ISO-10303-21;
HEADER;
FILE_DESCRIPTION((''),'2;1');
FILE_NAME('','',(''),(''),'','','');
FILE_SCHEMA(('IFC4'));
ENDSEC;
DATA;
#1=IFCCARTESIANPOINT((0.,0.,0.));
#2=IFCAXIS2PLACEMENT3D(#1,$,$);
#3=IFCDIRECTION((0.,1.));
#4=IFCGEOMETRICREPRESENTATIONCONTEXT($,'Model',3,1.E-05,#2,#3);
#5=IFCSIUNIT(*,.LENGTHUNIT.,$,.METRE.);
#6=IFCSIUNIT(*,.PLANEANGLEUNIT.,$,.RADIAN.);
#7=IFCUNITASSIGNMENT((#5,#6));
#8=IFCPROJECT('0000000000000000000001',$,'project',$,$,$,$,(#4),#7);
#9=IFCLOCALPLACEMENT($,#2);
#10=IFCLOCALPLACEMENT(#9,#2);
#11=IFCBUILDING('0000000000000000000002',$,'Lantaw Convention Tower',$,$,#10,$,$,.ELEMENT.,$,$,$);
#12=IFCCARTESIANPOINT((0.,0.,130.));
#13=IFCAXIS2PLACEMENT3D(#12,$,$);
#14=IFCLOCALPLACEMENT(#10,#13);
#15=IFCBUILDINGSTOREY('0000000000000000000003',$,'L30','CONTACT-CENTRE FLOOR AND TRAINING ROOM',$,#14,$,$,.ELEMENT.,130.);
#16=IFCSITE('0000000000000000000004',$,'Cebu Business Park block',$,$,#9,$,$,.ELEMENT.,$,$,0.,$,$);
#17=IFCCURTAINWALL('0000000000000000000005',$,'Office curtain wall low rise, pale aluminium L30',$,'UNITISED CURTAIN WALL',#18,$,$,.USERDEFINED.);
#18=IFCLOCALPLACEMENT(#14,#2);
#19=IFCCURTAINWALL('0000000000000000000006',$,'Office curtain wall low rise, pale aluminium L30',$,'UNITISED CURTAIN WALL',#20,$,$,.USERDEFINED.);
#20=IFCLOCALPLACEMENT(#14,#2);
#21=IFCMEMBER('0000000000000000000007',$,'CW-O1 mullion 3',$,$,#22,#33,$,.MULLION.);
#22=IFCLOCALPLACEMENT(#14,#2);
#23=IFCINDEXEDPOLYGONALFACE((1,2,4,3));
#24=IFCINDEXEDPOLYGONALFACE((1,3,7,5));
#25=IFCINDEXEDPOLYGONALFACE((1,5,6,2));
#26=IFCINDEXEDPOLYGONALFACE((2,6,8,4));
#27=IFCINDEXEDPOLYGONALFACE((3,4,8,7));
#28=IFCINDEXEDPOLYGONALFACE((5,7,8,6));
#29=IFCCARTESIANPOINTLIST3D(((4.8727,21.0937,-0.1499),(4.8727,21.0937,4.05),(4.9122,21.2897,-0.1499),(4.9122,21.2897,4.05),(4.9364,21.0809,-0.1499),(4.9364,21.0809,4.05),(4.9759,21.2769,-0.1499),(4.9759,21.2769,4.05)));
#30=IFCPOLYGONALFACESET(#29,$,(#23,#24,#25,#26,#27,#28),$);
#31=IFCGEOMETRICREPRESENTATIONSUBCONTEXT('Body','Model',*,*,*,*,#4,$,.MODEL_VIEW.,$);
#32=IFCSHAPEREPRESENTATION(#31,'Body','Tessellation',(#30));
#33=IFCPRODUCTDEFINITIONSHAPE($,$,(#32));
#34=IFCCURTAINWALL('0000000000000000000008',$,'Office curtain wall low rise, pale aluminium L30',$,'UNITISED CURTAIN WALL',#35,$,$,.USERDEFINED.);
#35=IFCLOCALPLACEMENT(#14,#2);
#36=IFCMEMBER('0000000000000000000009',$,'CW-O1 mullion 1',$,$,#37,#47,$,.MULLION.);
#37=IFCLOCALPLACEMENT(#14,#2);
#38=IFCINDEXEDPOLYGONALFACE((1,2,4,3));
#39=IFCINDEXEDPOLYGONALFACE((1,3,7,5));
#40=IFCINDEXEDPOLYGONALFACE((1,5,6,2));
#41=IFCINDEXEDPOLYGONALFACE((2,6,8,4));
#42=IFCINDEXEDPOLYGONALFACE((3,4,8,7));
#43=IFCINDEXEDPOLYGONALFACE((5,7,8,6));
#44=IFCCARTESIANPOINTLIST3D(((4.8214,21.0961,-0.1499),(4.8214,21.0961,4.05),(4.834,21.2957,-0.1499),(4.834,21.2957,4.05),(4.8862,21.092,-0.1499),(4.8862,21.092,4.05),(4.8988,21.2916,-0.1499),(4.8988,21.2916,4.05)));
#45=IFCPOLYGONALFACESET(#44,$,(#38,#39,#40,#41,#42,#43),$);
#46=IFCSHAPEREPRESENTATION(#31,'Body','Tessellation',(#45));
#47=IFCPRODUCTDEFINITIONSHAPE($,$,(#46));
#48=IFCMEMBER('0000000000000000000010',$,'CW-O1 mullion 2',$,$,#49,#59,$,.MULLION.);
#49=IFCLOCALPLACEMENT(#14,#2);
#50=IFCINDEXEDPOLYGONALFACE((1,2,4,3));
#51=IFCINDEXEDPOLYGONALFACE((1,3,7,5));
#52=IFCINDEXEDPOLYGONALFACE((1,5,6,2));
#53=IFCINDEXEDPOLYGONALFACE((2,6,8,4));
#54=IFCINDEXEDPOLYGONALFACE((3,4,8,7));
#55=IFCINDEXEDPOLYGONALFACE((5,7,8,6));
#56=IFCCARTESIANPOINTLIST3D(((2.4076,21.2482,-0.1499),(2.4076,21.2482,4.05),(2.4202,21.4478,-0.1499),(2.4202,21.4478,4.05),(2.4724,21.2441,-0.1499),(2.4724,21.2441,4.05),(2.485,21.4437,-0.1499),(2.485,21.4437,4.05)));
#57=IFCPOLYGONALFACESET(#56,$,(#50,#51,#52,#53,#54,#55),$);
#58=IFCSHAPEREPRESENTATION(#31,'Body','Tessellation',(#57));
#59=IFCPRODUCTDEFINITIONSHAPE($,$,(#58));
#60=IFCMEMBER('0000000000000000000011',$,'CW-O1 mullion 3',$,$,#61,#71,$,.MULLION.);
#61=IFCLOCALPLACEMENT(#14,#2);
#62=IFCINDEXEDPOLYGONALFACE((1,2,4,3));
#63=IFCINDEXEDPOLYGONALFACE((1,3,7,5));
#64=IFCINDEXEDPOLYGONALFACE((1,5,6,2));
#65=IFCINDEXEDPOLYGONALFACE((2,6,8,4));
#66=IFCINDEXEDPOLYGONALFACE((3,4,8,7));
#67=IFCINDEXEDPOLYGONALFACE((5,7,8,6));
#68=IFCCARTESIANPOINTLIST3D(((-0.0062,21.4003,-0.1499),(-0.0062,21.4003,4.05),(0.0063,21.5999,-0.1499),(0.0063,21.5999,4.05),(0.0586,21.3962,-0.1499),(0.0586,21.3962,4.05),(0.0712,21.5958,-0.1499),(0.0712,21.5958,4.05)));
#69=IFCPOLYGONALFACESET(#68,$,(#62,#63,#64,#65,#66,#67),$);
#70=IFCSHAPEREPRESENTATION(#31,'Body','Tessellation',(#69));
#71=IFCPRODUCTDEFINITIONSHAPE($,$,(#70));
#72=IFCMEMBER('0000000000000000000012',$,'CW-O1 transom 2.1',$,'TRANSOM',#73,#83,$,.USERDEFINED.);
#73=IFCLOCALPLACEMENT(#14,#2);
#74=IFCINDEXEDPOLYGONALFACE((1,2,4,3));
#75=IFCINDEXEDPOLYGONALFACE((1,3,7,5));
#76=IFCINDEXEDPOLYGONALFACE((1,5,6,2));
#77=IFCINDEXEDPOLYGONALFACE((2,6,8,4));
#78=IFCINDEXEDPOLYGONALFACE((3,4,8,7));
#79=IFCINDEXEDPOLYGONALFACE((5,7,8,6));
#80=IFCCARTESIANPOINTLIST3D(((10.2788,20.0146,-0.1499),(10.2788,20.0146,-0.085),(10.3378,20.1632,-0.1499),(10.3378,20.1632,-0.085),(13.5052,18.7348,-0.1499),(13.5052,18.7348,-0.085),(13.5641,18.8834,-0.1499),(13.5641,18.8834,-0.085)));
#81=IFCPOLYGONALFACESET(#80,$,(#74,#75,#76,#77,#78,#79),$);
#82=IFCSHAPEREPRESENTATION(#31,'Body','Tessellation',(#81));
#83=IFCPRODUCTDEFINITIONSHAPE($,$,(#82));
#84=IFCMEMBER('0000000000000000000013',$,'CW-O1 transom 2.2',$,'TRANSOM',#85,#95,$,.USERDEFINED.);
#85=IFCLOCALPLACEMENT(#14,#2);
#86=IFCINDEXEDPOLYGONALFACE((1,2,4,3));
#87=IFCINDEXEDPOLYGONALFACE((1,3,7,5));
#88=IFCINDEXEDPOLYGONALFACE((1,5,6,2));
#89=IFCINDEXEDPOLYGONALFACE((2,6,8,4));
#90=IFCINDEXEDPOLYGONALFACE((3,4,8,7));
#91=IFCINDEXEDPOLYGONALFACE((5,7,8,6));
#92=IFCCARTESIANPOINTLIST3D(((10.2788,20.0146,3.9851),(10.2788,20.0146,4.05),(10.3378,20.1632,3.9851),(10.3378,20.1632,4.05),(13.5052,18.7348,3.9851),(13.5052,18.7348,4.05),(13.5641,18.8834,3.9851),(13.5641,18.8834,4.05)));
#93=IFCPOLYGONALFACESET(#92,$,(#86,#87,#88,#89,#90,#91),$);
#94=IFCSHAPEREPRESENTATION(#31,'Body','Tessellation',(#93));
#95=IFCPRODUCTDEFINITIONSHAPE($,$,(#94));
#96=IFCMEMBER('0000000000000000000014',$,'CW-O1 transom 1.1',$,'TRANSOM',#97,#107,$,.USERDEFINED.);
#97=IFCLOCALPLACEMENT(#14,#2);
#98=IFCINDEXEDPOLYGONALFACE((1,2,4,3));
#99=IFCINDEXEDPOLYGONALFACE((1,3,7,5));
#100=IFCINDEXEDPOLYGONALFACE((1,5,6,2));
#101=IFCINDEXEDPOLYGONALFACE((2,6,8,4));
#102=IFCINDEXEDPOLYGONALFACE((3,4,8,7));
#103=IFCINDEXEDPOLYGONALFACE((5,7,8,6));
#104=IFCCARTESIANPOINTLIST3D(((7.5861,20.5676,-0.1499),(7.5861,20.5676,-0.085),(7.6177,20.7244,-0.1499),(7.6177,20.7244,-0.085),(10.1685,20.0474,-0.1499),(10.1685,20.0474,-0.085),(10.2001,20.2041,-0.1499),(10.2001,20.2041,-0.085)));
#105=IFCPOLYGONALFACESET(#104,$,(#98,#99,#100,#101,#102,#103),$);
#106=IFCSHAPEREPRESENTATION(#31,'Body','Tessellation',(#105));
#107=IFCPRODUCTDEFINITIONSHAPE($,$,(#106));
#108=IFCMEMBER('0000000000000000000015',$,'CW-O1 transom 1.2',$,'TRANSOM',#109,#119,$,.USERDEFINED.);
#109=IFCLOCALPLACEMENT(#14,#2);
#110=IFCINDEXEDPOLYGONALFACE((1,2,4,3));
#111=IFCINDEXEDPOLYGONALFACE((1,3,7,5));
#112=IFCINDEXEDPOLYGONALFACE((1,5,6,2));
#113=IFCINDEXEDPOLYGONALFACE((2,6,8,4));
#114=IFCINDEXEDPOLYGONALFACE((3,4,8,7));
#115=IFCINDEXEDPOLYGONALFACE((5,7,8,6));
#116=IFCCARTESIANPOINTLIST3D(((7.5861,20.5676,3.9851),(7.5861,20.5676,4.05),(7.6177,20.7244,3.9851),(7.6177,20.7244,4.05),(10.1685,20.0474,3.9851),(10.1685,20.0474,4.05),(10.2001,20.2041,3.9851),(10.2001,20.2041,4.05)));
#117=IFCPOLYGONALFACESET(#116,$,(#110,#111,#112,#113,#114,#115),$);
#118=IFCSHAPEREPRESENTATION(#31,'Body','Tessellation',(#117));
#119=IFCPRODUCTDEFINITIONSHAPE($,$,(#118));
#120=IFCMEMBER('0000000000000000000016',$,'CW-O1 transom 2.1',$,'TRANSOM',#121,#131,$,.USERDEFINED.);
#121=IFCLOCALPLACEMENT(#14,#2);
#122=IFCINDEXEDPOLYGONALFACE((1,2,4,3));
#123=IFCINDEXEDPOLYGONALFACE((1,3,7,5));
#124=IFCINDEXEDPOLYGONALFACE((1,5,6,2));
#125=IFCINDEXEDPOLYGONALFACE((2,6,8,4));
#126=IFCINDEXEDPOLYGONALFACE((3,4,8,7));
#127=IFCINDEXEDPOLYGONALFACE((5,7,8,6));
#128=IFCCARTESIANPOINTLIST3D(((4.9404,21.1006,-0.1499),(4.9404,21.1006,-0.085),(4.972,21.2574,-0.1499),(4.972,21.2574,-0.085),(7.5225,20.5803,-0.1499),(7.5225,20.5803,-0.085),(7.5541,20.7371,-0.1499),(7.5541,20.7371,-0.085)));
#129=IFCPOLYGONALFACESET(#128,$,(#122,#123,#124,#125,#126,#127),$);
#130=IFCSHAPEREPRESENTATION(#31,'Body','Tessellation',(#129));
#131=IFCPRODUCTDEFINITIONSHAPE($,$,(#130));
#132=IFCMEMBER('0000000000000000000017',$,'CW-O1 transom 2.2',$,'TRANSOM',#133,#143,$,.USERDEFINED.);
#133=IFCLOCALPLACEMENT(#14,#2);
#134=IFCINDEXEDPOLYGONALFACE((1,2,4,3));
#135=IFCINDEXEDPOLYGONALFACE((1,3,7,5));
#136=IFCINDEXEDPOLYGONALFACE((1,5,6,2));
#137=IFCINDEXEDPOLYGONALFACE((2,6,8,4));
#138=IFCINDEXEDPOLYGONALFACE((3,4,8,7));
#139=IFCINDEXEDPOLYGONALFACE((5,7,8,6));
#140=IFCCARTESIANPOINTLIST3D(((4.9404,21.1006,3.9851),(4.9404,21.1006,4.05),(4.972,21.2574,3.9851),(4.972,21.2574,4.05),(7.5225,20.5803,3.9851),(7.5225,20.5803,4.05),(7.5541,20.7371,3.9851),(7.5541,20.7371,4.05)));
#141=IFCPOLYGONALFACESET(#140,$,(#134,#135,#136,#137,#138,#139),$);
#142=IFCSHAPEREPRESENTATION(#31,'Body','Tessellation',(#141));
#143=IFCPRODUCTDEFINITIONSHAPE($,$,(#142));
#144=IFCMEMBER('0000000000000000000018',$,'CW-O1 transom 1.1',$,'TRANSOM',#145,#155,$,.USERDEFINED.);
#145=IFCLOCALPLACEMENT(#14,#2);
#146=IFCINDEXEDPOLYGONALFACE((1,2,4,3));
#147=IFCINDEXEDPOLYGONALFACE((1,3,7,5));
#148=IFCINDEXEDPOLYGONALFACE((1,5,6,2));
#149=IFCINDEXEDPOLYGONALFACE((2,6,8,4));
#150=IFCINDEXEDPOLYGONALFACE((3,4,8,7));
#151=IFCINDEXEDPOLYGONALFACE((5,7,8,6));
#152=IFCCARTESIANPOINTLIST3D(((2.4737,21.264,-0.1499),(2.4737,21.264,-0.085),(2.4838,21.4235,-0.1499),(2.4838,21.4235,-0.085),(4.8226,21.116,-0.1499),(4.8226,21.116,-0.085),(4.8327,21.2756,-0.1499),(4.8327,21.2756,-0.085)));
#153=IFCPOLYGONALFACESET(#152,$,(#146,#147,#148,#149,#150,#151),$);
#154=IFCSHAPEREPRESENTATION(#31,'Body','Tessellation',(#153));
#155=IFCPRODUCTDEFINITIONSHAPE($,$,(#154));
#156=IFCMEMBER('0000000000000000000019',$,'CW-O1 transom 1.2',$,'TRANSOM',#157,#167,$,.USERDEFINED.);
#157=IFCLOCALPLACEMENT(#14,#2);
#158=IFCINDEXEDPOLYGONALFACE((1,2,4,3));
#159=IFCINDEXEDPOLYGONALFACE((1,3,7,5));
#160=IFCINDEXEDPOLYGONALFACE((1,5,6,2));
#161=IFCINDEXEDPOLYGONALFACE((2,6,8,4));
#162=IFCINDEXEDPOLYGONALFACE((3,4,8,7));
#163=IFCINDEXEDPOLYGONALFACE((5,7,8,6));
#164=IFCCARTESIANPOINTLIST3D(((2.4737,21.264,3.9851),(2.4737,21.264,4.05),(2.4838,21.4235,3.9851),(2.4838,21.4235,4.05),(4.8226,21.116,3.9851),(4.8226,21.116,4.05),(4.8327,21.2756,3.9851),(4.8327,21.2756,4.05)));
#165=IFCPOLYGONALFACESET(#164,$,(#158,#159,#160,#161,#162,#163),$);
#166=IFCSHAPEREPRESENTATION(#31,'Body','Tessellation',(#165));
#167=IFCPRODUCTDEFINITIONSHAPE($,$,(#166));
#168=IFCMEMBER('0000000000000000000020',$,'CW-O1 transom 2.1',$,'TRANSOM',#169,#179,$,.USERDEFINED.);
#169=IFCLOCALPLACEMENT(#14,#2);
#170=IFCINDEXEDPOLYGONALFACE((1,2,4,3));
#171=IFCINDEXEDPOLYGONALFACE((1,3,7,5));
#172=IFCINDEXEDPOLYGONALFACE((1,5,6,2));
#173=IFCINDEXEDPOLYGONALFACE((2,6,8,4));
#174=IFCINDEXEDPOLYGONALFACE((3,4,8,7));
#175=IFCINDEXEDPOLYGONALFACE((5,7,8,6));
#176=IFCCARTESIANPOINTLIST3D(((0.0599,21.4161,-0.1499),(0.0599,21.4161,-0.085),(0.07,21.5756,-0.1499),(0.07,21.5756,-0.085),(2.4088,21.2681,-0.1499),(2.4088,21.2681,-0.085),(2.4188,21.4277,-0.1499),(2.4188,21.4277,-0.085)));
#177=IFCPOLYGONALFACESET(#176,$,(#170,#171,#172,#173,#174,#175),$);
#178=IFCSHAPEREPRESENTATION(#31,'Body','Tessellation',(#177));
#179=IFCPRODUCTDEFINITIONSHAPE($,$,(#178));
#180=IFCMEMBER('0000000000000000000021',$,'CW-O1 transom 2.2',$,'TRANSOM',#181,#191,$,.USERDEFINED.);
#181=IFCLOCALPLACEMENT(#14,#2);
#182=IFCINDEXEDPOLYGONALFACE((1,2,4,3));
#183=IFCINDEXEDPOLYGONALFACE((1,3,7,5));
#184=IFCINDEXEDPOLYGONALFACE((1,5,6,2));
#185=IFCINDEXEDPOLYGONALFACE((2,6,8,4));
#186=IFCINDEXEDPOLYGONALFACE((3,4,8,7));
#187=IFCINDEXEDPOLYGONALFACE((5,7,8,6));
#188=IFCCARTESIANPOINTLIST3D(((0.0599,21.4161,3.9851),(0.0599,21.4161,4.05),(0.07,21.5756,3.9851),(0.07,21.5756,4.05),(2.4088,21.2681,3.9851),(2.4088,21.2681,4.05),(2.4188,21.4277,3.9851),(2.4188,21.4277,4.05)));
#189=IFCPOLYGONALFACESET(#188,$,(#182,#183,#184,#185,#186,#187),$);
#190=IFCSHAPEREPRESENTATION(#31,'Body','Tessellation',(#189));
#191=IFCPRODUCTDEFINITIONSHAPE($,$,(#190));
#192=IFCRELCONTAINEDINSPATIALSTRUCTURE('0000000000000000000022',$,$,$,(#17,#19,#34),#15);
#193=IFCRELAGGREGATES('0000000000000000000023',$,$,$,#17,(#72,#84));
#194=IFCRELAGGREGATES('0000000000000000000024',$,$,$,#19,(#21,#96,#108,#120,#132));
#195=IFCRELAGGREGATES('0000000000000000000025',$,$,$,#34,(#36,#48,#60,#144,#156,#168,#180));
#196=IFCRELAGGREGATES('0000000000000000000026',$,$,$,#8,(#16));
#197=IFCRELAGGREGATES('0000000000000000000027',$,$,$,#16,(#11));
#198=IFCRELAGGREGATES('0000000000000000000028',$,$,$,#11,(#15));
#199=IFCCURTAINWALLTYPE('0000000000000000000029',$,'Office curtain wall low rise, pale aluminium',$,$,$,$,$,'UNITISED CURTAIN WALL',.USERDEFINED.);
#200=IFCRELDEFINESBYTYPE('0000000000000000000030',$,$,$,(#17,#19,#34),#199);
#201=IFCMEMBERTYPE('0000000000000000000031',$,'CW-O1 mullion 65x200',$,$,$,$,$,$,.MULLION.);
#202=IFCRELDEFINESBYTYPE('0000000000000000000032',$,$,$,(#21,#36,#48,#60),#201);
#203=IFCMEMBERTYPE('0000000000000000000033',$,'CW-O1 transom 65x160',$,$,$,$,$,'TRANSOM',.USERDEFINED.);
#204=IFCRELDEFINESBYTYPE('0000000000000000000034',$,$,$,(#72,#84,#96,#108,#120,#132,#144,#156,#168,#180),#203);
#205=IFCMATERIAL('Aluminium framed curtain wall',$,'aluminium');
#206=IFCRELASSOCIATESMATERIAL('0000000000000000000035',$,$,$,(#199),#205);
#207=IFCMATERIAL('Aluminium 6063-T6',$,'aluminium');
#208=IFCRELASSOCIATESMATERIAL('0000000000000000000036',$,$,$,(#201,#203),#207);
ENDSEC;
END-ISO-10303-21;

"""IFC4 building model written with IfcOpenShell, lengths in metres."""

from ifc_helpers import new_model, si_unit, direction, frame, origin, origin_2d, place, context, subcontext, project, spatial, rectangle, extrude, material, material_profile, profile_set, type_object, element, aggregate, save


model = new_model("IFC4")

# Units and contexts
model_context = context("Model", 3, precision=1e-05, world=origin(), true_north=direction((0.0, 1.0)))
body_context = subcontext(model_context, "Body", "Model", "MODEL_VIEW")
ifc_project = project(units=[si_unit("LENGTHUNIT", "METRE"), si_unit("PLANEANGLEUNIT", "RADIAN")], contexts=[model_context])

# Site, building, storey
site_placement = place(None, origin())
site = spatial("IfcSite", under=ifc_project, at=site_placement, Name="Cebu Business Park block", CompositionType="ELEMENT", RefElevation=0.0)
building_placement = place(site_placement, origin())
building = spatial("IfcBuilding", under=site, at=building_placement, Name="Lantaw Convention Tower", CompositionType="ELEMENT")
storey_placement = place(building_placement, frame((0.0, 0.0, 130.0)))
storey = spatial("IfcBuildingStorey", under=building, at=storey_placement, Name="L30", Description="CONTACT-CENTRE FLOOR AND TRAINING ROOM", CompositionType="ELEMENT", Elevation=130.0)

# Curtain walls, members
ifc_material_1 = material(Name="Aluminium framed curtain wall", Category="aluminium")
curtain_wall_type = type_object("IfcCurtainWallType", Name="Office curtain wall low rise, pale aluminium", ElementType="UNITISED CURTAIN WALL", PredefinedType="USERDEFINED", material=ifc_material_1)
curtain_wall_1_placement = place(storey_placement, origin())
curtain_wall_1 = element("IfcCurtainWall", 1, at=curtain_wall_1_placement, inside=storey, type_object=curtain_wall_type, Name="Office curtain wall low rise, pale aluminium L30", ObjectType="UNITISED CURTAIN WALL", PredefinedType="USERDEFINED")
ifc_material_2 = material(Name="Aluminium 6063-T6", Category="aluminium")
ifc_material_profile_1 = material_profile(ifc_material_2, rectangle(XDim=0.2, YDim=0.0649, at=origin_2d()), Name="CW-O1 mullion 65x200")
ifc_profile_set_1 = profile_set([ifc_material_profile_1], Name="Aluminium 6063-T6")
member_type_1 = type_object("IfcMemberType", Name="CW-O1 mullion 65x200", PredefinedType="MULLION", material=ifc_profile_set_1)
curtain_wall_2_placement = place(storey_placement, origin())
curtain_wall_2 = element("IfcCurtainWall", 2, at=curtain_wall_2_placement, inside=storey, type_object=curtain_wall_type, Name="Office curtain wall low rise, pale aluminium L30", ObjectType="UNITISED CURTAIN WALL", PredefinedType="USERDEFINED")
member_1_placement = place(storey_placement, frame((4.9243, 21.1853, -0.1499), z_axis=(0.0, 0.0, 1.0), x_axis=(-0.197507, -0.980302, 0.0)))
member_1 = element("IfcMember", 3, at=member_1_placement, type_object=member_type_1, Name="CW-O1 mullion 3", PredefinedType="MULLION", context=body_context, shape_type="SweptSolid", body=[
    extrude(rectangle(XDim=0.2, YDim=0.0649, at=origin_2d()), origin(), (0.0, 0.0, 1.0), 4.2),
])
curtain_wall_3_placement = place(storey_placement, origin())
curtain_wall_3 = element("IfcCurtainWall", 4, at=curtain_wall_3_placement, inside=storey, type_object=curtain_wall_type, Name="Office curtain wall low rise, pale aluminium L30", ObjectType="UNITISED CURTAIN WALL", PredefinedType="USERDEFINED")
member_2_placement = place(storey_placement, frame((4.8601, 21.1938, -0.1499), z_axis=(0.0, 0.0, 1.0), x_axis=(-0.062865, -0.998022, 0.0)))
member_2 = element("IfcMember", 5, at=member_2_placement, type_object=member_type_1, Name="CW-O1 mullion 1", PredefinedType="MULLION", context=body_context, shape_type="SweptSolid", body=[
    extrude(rectangle(XDim=0.2, YDim=0.0649, at=origin_2d()), origin(), (0.0, 0.0, 1.0), 4.2),
])
member_3_placement = place(storey_placement, frame((2.4463, 21.3459, -0.1499), z_axis=(0.0, 0.0, 1.0), x_axis=(-0.062865, -0.998022, 0.0)))
member_3 = element("IfcMember", 6, at=member_3_placement, type_object=member_type_1, Name="CW-O1 mullion 2", PredefinedType="MULLION", context=body_context, shape_type="SweptSolid", body=[
    extrude(rectangle(XDim=0.2, YDim=0.0649, at=origin_2d()), origin(), (0.0, 0.0, 1.0), 4.2),
])
member_4_placement = place(storey_placement, frame((0.0325, 21.498, -0.1499), z_axis=(0.0, 0.0, 1.0), x_axis=(-0.062865, -0.998022, 0.0)))
member_4 = element("IfcMember", 7, at=member_4_placement, type_object=member_type_1, Name="CW-O1 mullion 3", PredefinedType="MULLION", context=body_context, shape_type="SweptSolid", body=[
    extrude(rectangle(XDim=0.2, YDim=0.0649, at=origin_2d()), origin(), (0.0, 0.0, 1.0), 4.2),
])

# Members
ifc_material_profile_2 = material_profile(ifc_material_2, rectangle(XDim=0.1599, YDim=0.0649, at=origin_2d()), Name="CW-O1 transom 65x160")
ifc_profile_set_2 = profile_set([ifc_material_profile_2], Name="Aluminium 6063-T6")
member_type_2 = type_object("IfcMemberType", Name="CW-O1 transom 65x160", ElementType="TRANSOM", PredefinedType="USERDEFINED", material=ifc_profile_set_2)
member_5_placement = place(storey_placement, frame((13.5347, 18.8091, -0.1174), z_axis=(-0.92954, 0.368721, 0.0), x_axis=(-0.368721, -0.92954, 0.0)))
member_5 = element("IfcMember", 8, at=member_5_placement, type_object=member_type_2, Name="CW-O1 transom 2.1", ObjectType="TRANSOM", PredefinedType="USERDEFINED", context=body_context, shape_type="SweptSolid", body=[
    extrude(rectangle(XDim=0.1599, YDim=0.0649, at=origin_2d()), origin(), (0.0, 0.0, 1.0), 3.4709),
])
member_6_placement = place(storey_placement, frame((13.5347, 18.8091, 4.0176), z_axis=(-0.92954, 0.368721, 0.0), x_axis=(-0.368721, -0.92954, 0.0)))
member_6 = element("IfcMember", 9, at=member_6_placement, type_object=member_type_2, Name="CW-O1 transom 2.2", ObjectType="TRANSOM", PredefinedType="USERDEFINED", context=body_context, shape_type="SweptSolid", body=[
    extrude(rectangle(XDim=0.1599, YDim=0.0649, at=origin_2d()), origin(), (0.0, 0.0, 1.0), 3.4709),
])
member_7_placement = place(storey_placement, frame((10.1843, 20.1257, -0.1174), z_axis=(-0.980302, 0.197506, 0.0), x_axis=(-0.197506, -0.980302, 0.0)))
member_7 = element("IfcMember", 10, at=member_7_placement, type_object=member_type_2, Name="CW-O1 transom 1.1", ObjectType="TRANSOM", PredefinedType="USERDEFINED", context=body_context, shape_type="SweptSolid", body=[
    extrude(rectangle(XDim=0.1599, YDim=0.0649, at=origin_2d()), origin(), (0.0, 0.0, 1.0), 2.6343),
])
member_8_placement = place(storey_placement, frame((10.1843, 20.1257, 4.0176), z_axis=(-0.980302, 0.197506, 0.0), x_axis=(-0.197506, -0.980302, 0.0)))
member_8 = element("IfcMember", 11, at=member_8_placement, type_object=member_type_2, Name="CW-O1 transom 1.2", ObjectType="TRANSOM", PredefinedType="USERDEFINED", context=body_context, shape_type="SweptSolid", body=[
    extrude(rectangle(XDim=0.1599, YDim=0.0649, at=origin_2d()), origin(), (0.0, 0.0, 1.0), 2.6343),
])
member_9_placement = place(storey_placement, frame((7.5383, 20.6587, -0.1174), z_axis=(-0.980298, 0.197524, 0.0), x_axis=(-0.197524, -0.980298, 0.0)))
member_9 = element("IfcMember", 12, at=member_9_placement, type_object=member_type_2, Name="CW-O1 transom 2.1", ObjectType="TRANSOM", PredefinedType="USERDEFINED", context=body_context, shape_type="SweptSolid", body=[
    extrude(rectangle(XDim=0.1599, YDim=0.0649, at=origin_2d()), origin(), (0.0, 0.0, 1.0), 2.634),
])
member_10_placement = place(storey_placement, frame((7.5383, 20.6587, 4.0176), z_axis=(-0.980298, 0.197524, 0.0), x_axis=(-0.197524, -0.980298, 0.0)))
member_10 = element("IfcMember", 13, at=member_10_placement, type_object=member_type_2, Name="CW-O1 transom 2.2", ObjectType="TRANSOM", PredefinedType="USERDEFINED", context=body_context, shape_type="SweptSolid", body=[
    extrude(rectangle(XDim=0.1599, YDim=0.0649, at=origin_2d()), origin(), (0.0, 0.0, 1.0), 2.634),
])
member_11_placement = place(storey_placement, frame((4.8276, 21.1958, -0.1174), z_axis=(-0.998022, 0.062863, 0.0), x_axis=(-0.062863, -0.998022, 0.0)))
member_11 = element("IfcMember", 14, at=member_11_placement, type_object=member_type_2, Name="CW-O1 transom 1.1", ObjectType="TRANSOM", PredefinedType="USERDEFINED", context=body_context, shape_type="SweptSolid", body=[
    extrude(rectangle(XDim=0.1599, YDim=0.0649, at=origin_2d()), origin(), (0.0, 0.0, 1.0), 2.3535),
])
member_12_placement = place(storey_placement, frame((4.8276, 21.1958, 4.0176), z_axis=(-0.998022, 0.062863, 0.0), x_axis=(-0.062863, -0.998022, 0.0)))
member_12 = element("IfcMember", 15, at=member_12_placement, type_object=member_type_2, Name="CW-O1 transom 1.2", ObjectType="TRANSOM", PredefinedType="USERDEFINED", context=body_context, shape_type="SweptSolid", body=[
    extrude(rectangle(XDim=0.1599, YDim=0.0649, at=origin_2d()), origin(), (0.0, 0.0, 1.0), 2.3535),
])
member_13_placement = place(storey_placement, frame((2.4138, 21.3479, -0.1174), z_axis=(-0.998022, 0.062863, 0.0), x_axis=(-0.062863, -0.998022, 0.0)))
member_13 = element("IfcMember", 16, at=member_13_placement, type_object=member_type_2, Name="CW-O1 transom 2.1", ObjectType="TRANSOM", PredefinedType="USERDEFINED", context=body_context, shape_type="SweptSolid", body=[
    extrude(rectangle(XDim=0.1599, YDim=0.0649, at=origin_2d()), origin(), (0.0, 0.0, 1.0), 2.3535),
])
member_14_placement = place(storey_placement, frame((2.4138, 21.3479, 4.0176), z_axis=(-0.998022, 0.062863, 0.0), x_axis=(-0.062863, -0.998022, 0.0)))
member_14 = element("IfcMember", 17, at=member_14_placement, type_object=member_type_2, Name="CW-O1 transom 2.2", ObjectType="TRANSOM", PredefinedType="USERDEFINED", context=body_context, shape_type="SweptSolid", body=[
    extrude(rectangle(XDim=0.1599, YDim=0.0649, at=origin_2d()), origin(), (0.0, 0.0, 1.0), 2.3535),
])

aggregate(curtain_wall_1, [member_5, member_6])
aggregate(curtain_wall_2, [member_1, member_7, member_8, member_9, member_10])
aggregate(curtain_wall_3, [member_2, member_3, member_4, member_11, member_12, member_13, member_14])

save(model, "model.ifc")
